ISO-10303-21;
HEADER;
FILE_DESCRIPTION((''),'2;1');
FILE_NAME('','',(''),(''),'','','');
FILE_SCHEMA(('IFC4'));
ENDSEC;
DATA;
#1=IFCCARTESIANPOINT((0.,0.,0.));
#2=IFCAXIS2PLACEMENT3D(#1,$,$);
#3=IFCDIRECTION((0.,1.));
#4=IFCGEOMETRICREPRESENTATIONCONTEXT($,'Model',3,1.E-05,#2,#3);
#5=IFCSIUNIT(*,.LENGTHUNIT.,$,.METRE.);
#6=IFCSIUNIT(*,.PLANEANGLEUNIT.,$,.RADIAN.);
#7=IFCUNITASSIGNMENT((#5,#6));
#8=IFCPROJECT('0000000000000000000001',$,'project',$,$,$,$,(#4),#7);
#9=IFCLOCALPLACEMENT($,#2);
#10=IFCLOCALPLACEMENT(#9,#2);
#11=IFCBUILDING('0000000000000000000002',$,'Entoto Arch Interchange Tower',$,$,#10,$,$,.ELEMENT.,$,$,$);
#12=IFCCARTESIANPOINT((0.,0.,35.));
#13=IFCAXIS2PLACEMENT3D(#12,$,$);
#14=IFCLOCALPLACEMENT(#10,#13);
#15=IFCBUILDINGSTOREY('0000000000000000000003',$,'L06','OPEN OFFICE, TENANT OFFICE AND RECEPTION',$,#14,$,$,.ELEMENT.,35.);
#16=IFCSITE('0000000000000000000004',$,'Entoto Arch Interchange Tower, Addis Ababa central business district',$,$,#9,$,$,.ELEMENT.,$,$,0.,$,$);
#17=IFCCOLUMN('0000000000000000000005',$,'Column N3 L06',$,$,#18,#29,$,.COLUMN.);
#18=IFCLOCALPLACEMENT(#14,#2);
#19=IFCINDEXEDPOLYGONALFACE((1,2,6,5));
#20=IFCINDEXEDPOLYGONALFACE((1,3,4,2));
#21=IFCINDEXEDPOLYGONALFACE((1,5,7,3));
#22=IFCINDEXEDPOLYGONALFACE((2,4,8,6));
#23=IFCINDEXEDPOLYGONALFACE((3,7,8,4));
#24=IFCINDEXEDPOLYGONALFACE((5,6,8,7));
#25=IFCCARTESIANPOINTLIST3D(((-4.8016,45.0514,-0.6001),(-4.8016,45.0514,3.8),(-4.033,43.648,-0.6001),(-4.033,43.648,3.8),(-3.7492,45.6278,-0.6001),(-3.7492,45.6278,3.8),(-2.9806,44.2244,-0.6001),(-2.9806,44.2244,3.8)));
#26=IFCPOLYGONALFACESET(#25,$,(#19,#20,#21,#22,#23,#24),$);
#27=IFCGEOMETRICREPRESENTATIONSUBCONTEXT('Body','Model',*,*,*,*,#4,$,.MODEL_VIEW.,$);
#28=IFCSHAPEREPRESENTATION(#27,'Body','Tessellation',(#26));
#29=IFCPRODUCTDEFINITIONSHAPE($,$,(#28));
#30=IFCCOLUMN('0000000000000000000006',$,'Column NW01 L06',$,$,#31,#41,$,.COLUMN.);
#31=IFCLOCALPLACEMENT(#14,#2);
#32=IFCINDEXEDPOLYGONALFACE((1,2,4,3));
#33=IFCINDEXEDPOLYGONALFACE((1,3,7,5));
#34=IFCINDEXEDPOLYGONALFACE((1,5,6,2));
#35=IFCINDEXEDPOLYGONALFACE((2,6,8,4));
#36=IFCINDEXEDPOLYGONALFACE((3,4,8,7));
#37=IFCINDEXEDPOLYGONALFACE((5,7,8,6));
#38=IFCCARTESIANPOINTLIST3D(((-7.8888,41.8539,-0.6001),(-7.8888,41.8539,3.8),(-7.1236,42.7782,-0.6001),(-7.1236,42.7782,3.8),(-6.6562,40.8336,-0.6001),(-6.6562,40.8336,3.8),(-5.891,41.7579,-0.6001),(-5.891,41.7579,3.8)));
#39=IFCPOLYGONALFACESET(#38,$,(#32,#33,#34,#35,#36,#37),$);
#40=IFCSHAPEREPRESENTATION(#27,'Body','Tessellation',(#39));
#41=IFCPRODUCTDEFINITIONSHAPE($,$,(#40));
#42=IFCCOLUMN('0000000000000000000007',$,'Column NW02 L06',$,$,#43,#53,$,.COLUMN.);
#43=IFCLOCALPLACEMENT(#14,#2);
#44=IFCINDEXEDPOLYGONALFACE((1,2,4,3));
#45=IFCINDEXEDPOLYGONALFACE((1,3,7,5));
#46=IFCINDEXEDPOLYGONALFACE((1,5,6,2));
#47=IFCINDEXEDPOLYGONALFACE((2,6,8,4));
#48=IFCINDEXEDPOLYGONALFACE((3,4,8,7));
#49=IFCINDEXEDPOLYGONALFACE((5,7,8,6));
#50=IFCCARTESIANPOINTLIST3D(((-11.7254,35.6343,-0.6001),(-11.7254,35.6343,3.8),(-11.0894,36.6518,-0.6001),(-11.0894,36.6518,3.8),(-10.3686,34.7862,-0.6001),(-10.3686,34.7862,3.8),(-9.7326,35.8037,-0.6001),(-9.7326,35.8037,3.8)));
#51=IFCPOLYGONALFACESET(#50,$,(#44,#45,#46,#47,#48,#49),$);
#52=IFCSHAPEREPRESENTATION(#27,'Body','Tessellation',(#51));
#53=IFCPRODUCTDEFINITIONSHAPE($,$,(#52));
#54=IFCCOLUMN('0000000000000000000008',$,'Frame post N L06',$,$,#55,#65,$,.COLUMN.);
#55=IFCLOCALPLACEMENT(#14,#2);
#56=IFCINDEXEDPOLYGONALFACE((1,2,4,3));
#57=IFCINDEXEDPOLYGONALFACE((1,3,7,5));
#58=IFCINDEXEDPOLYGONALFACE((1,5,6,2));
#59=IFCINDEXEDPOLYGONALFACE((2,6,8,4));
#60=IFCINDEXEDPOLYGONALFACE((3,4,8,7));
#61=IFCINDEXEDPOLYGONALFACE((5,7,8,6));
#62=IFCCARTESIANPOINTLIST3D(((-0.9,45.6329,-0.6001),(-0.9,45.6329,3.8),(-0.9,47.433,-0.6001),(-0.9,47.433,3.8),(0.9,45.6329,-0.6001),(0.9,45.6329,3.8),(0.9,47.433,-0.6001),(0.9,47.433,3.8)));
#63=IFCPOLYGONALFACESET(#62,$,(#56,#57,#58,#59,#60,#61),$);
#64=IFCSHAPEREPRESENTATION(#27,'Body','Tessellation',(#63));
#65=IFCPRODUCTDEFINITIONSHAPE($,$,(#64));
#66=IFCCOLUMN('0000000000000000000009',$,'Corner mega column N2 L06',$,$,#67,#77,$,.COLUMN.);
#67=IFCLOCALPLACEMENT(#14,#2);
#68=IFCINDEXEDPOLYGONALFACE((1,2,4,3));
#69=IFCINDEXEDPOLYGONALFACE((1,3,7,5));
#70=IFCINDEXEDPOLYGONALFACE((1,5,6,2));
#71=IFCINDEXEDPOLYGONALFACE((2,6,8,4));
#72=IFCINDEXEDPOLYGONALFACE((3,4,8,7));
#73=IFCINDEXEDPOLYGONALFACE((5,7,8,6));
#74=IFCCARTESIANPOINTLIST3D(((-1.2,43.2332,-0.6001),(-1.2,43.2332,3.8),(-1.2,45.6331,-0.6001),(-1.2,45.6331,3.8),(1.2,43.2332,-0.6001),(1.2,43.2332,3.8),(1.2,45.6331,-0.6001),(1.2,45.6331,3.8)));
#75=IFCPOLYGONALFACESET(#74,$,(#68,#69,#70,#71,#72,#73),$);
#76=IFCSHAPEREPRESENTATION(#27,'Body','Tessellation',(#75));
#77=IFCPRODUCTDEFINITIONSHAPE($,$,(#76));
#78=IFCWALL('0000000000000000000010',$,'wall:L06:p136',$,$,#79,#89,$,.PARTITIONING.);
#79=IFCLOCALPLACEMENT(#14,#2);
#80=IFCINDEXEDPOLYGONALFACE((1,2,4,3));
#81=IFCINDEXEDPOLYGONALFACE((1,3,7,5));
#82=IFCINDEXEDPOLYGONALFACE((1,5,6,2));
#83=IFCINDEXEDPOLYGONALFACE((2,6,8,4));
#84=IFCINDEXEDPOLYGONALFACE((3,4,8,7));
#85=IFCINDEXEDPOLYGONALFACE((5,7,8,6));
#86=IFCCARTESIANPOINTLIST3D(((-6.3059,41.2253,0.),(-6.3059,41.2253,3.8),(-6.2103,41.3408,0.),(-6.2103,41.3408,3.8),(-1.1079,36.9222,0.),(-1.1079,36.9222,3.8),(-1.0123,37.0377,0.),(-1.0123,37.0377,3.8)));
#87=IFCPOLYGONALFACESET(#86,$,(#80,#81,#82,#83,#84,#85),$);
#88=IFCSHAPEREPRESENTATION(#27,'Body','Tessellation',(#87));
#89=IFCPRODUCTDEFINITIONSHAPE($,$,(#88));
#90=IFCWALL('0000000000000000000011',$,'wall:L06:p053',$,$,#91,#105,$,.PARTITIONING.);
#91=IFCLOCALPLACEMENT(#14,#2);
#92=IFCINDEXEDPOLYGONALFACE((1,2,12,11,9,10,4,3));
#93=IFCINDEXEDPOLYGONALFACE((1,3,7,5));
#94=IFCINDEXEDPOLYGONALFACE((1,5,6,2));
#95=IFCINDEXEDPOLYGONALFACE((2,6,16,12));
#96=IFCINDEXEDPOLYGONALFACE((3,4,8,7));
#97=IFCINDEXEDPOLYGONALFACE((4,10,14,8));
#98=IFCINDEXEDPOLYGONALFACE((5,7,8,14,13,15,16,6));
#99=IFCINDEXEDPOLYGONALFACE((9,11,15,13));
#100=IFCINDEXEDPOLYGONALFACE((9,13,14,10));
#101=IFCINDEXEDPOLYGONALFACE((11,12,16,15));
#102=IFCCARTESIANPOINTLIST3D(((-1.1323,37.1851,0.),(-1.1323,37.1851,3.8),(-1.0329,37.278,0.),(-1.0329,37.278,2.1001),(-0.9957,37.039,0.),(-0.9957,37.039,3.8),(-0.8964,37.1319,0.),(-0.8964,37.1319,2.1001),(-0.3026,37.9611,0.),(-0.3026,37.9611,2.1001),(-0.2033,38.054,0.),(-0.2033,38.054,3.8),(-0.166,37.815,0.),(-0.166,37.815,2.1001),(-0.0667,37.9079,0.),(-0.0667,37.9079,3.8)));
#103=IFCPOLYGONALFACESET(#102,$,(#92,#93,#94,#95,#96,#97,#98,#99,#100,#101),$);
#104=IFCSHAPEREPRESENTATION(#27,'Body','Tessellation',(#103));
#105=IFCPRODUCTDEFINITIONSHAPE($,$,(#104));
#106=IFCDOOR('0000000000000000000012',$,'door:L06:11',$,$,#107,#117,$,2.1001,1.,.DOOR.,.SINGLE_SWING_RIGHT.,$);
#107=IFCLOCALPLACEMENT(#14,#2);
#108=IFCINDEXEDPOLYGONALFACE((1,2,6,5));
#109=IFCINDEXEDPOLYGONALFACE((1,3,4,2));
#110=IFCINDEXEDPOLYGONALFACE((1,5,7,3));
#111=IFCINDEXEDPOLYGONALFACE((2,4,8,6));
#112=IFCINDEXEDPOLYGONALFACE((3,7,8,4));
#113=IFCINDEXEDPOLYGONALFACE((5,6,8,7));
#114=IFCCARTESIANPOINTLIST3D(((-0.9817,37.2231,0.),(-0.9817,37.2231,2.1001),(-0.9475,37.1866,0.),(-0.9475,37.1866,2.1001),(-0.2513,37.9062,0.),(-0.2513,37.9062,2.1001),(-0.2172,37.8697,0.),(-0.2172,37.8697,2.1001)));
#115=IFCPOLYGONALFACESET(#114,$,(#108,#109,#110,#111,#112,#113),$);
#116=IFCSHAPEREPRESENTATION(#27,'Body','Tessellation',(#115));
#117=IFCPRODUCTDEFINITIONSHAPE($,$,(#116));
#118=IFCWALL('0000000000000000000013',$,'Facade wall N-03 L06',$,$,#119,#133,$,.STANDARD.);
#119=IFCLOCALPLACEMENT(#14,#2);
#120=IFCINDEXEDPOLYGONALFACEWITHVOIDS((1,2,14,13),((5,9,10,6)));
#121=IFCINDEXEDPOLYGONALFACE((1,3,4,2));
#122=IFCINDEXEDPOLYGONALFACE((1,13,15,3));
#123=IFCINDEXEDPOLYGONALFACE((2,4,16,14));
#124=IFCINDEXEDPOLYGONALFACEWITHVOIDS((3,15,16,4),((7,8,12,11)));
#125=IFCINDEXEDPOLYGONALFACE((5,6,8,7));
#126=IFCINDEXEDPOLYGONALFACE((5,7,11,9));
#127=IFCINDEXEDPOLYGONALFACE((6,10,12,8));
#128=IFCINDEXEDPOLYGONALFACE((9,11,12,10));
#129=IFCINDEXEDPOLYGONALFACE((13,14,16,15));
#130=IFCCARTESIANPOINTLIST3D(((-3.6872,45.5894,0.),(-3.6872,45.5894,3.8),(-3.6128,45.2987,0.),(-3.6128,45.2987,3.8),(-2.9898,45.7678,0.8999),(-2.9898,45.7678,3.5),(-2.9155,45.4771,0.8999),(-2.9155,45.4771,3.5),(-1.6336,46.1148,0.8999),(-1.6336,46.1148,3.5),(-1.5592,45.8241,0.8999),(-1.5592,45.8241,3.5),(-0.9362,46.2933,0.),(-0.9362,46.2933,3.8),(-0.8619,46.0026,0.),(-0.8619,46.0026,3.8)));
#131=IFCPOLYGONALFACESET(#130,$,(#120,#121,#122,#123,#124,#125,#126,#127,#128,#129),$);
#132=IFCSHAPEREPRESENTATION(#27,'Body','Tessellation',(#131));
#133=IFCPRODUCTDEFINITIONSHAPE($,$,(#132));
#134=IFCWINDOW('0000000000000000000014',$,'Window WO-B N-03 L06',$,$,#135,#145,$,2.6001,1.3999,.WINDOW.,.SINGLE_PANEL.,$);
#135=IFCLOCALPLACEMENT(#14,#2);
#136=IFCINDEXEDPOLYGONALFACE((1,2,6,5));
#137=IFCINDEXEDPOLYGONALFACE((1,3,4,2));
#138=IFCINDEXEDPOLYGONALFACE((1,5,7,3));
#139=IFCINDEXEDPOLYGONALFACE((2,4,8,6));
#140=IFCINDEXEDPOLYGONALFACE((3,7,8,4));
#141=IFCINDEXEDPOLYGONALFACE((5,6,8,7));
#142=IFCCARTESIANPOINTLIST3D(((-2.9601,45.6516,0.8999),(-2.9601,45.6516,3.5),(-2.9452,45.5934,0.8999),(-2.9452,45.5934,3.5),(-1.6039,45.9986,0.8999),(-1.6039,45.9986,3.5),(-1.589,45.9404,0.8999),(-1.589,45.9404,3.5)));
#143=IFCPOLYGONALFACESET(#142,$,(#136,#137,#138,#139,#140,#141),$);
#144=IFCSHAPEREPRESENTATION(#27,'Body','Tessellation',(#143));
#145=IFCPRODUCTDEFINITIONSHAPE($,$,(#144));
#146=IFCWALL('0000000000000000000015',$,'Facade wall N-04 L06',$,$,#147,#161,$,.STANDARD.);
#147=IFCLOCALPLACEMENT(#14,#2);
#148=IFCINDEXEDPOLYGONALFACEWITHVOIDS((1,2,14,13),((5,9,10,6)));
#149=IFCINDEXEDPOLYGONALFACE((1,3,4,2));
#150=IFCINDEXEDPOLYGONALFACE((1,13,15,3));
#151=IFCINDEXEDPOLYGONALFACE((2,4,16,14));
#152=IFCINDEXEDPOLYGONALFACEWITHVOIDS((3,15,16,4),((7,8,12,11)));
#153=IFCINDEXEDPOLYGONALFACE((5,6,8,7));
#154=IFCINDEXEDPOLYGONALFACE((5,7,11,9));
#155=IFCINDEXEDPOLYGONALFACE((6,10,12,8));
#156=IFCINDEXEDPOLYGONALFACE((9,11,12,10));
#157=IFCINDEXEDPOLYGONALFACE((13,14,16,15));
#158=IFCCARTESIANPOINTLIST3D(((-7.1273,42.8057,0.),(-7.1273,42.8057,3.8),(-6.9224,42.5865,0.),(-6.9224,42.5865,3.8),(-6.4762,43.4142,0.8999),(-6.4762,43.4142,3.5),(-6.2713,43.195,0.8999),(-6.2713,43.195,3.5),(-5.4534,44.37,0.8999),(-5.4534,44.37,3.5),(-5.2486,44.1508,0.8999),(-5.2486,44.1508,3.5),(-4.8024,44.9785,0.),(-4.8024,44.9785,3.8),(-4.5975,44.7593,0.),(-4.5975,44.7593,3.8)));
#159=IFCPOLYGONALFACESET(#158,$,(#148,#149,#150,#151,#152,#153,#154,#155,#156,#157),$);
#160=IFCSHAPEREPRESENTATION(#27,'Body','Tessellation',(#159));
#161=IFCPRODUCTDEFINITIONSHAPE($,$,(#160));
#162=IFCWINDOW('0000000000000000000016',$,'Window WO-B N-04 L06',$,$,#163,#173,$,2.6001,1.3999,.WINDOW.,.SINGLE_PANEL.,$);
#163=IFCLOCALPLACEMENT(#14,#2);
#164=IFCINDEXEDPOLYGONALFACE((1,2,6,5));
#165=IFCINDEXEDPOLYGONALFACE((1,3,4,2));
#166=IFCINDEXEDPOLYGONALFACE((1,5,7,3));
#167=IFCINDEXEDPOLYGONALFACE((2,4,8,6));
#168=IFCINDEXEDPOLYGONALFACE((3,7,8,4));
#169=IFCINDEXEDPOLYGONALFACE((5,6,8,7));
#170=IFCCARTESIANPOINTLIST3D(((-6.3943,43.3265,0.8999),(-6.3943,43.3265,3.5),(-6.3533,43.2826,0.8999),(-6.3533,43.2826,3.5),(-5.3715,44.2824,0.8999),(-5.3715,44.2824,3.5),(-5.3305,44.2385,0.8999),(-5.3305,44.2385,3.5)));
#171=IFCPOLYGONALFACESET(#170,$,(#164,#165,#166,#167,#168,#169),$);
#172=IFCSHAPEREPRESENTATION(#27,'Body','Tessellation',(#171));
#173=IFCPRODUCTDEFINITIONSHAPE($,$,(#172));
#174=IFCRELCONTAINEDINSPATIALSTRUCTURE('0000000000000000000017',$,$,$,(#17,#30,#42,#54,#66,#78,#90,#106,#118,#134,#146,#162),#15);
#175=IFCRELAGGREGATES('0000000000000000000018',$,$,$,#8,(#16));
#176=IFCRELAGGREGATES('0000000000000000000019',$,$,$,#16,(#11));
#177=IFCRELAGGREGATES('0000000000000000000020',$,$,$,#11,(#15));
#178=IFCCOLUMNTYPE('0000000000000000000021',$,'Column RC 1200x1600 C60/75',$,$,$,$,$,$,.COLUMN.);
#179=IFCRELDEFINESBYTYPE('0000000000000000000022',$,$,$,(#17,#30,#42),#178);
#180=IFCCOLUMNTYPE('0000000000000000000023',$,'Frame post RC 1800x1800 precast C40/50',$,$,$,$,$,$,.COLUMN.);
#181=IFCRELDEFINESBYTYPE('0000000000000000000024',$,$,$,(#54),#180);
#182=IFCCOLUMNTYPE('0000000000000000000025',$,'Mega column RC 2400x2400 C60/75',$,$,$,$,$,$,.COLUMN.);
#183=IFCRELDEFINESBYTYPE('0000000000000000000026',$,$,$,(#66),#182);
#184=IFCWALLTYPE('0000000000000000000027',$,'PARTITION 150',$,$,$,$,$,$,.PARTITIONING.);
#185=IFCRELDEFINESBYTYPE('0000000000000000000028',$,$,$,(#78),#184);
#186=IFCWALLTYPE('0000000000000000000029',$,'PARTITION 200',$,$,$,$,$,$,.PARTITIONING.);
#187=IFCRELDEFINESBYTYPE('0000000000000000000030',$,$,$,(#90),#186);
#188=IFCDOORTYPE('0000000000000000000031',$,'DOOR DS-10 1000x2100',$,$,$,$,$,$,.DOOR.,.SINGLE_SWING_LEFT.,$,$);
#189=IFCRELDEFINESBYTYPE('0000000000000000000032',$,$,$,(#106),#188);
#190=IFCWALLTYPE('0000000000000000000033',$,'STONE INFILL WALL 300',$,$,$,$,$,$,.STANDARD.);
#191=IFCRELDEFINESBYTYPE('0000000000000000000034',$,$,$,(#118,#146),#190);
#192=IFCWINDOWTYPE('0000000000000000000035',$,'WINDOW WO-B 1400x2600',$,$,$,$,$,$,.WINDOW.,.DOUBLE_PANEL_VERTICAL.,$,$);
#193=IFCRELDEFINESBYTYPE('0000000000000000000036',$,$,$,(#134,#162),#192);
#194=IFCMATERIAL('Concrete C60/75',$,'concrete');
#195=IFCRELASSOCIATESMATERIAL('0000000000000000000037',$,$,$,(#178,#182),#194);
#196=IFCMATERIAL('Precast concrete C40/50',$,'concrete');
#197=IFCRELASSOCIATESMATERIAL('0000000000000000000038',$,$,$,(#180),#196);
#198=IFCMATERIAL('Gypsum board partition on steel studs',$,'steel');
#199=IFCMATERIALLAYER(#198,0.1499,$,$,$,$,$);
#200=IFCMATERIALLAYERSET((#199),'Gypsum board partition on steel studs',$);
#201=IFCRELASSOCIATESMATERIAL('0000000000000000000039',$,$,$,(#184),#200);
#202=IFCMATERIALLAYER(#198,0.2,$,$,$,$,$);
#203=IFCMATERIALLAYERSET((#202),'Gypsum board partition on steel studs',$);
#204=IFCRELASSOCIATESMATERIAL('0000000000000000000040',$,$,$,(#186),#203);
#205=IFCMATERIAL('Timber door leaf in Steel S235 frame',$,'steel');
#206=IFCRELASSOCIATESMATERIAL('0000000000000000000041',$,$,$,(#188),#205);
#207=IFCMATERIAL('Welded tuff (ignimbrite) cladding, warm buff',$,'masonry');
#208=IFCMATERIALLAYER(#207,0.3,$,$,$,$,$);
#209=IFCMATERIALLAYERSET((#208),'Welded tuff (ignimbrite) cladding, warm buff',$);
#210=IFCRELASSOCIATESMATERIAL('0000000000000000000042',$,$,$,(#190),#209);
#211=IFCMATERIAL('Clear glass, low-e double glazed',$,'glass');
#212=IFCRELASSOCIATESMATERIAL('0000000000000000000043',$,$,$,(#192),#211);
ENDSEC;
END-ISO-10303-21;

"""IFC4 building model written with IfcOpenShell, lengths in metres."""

from ifc_helpers import new_model, si_unit, direction, frame, frame_2d, origin, origin_2d, place, context, subcontext, project, spatial, rectangle, extrude, material, layer, layer_set, material_profile, profile_set, type_object, element, fill, save


model = new_model("IFC4")

# Units and contexts
model_context = context("Model", 3, precision=1e-05, world=origin(), true_north=direction((0.0, 1.0)))
body_context = subcontext(model_context, "Body", "Model", "MODEL_VIEW")
ifc_project = project(units=[si_unit("LENGTHUNIT", "METRE"), si_unit("PLANEANGLEUNIT", "RADIAN")], contexts=[model_context])

# Site, building, storey
site_placement = place(None, origin())
site = spatial("IfcSite", under=ifc_project, at=site_placement, Name="Entoto Arch Interchange Tower, Addis Ababa central business district", CompositionType="ELEMENT", RefElevation=0.0)
building_placement = place(site_placement, origin())
building = spatial("IfcBuilding", under=site, at=building_placement, Name="Entoto Arch Interchange Tower", CompositionType="ELEMENT")
storey_placement = place(building_placement, frame((0.0, 0.0, 35.0)))
storey = spatial("IfcBuildingStorey", under=building, at=storey_placement, Name="L06", Description="OPEN OFFICE, TENANT OFFICE AND RECEPTION", CompositionType="ELEMENT", Elevation=35.0)

# Columns
ifc_material_1 = material(Name="Concrete C60/75", Category="concrete")
ifc_material_profile_1 = material_profile(ifc_material_1, rectangle(XDim=1.2, YDim=1.6001, at=origin_2d()))
ifc_profile_set_1 = profile_set([ifc_material_profile_1], Name="Concrete C60/75")
column_type_1 = type_object("IfcColumnType", Name="Column RC 1200x1600 C60/75", PredefinedType="COLUMN", material=ifc_profile_set_1)
for number, where, z_axis, x_axis, name in (
    (1, (-3.8911, 44.6379, -0.6001), (0.0, 0.0, 1.0), (0.877079, 0.480346, 0.0), "Column N3 L06"),
    (2, (-6.8899, 41.8059, -0.6001), (0.0, 0.0, 1.0), (0.637666, 0.770313, 0.0), "Column NW01 L06"),
    (3, (-10.729, 35.719, -0.6001), (0.0, 0.0, 1.0), (0.530067, 0.847956, 0.0), "Column NW02 L06"),
):
    element("IfcColumn", number, at=place(storey_placement, frame(where, z_axis=z_axis, x_axis=x_axis)), inside=storey, type_object=column_type_1, Name=name, PredefinedType="COLUMN", context=body_context, shape_type="SweptSolid", body=[
        extrude(rectangle(XDim=1.2, YDim=1.6001, at=origin_2d()), origin(), (0.0, 0.0, 1.0), 4.4001),
    ])
ifc_material_2 = material(Name="Precast concrete C40/50", Category="concrete")
ifc_material_profile_2 = material_profile(ifc_material_2, rectangle(XDim=1.8, YDim=1.8, at=origin_2d()))
ifc_profile_set_2 = profile_set([ifc_material_profile_2], Name="Precast concrete C40/50")
column_type_2 = type_object("IfcColumnType", Name="Frame post RC 1800x1800 precast C40/50", PredefinedType="COLUMN", material=ifc_profile_set_2)
column_1_placement = place(storey_placement, frame((0.0, 46.533, -0.6001), z_axis=(0.0, 0.0, 1.0), x_axis=(0.0, 1.0, 0.0)))
element("IfcColumn", 4, at=column_1_placement, inside=storey, type_object=column_type_2, Name="Frame post N L06", PredefinedType="COLUMN", context=body_context, shape_type="SweptSolid", body=[
    extrude(rectangle(XDim=1.8, YDim=1.8, at=origin_2d()), origin(), (0.0, 0.0, 1.0), 4.4001),
])
ifc_material_profile_3 = material_profile(ifc_material_1, rectangle(XDim=2.3999, YDim=2.3999, at=origin_2d()))
ifc_profile_set_3 = profile_set([ifc_material_profile_3], Name="Concrete C60/75")
column_type_3 = type_object("IfcColumnType", Name="Mega column RC 2400x2400 C60/75", PredefinedType="COLUMN", material=ifc_profile_set_3)
column_2_placement = place(storey_placement, frame((0.0, 44.4331, -0.6001), z_axis=(0.0, 0.0, 1.0), x_axis=(0.0, 1.0, 0.0)))
element("IfcColumn", 5, at=column_2_placement, inside=storey, type_object=column_type_3, Name="Corner mega column N2 L06", PredefinedType="COLUMN", context=body_context, shape_type="SweptSolid", body=[
    extrude(rectangle(XDim=2.3999, YDim=2.3999, at=origin_2d()), origin(), (0.0, 0.0, 1.0), 4.4001),
])

# Wall
ifc_material_3 = material(Name="Gypsum board partition on steel studs", Category="steel")
ifc_layer_1 = layer(ifc_material_3, 0.1499)
ifc_layer_set_1 = layer_set([ifc_layer_1], Name="Gypsum board partition on steel studs")
wall_type_1 = type_object("IfcWallType", Name="PARTITION 150", PredefinedType="PARTITIONING", material=ifc_layer_set_1)
wall_1_placement = place(storey_placement, frame((-1.0601, 36.98, 0.0), z_axis=(0.0, 0.0, 1.0), x_axis=(-0.770308, 0.637672, 0.0)))
element("IfcWall", 6, at=wall_1_placement, inside=storey, type_object=wall_type_1, Name="wall:L06:p136", PredefinedType="PARTITIONING", context=body_context, shape_type="SweptSolid", body=[
    extrude(rectangle(XDim=6.748, YDim=0.1499, at=frame_2d((3.374, 0.0))), origin(), (0.0, 0.0, 1.0), 3.8),
])

# Wall, opening, door
ifc_layer_2 = layer(ifc_material_3, 0.2)
ifc_layer_set_2 = layer_set([ifc_layer_2], Name="Gypsum board partition on steel studs")
wall_type_2 = type_object("IfcWallType", Name="PARTITION 200", PredefinedType="PARTITIONING", material=ifc_layer_set_2)
wall_2_placement = place(storey_placement, frame((-1.064, 37.1121, 0.0), z_axis=(0.0, 0.0, 1.0), x_axis=(0.730321, 0.683104, 0.0)))
wall_2 = element("IfcWall", 7, at=wall_2_placement, inside=storey, type_object=wall_type_2, Name="wall:L06:p053", PredefinedType="PARTITIONING", context=body_context, shape_type="SweptSolid", body=[
    extrude(rectangle(XDim=1.272, YDim=0.2, at=frame_2d((0.636, 0.0))), origin(), (0.0, 0.0, 1.0), 3.8),
])
opening_1_placement = place(wall_2_placement, frame((0.136, 0.0, 0.0)))
opening_1 = element("IfcOpeningElement", 8, at=opening_1_placement, cuts=wall_2, PredefinedType="OPENING", context=body_context, shape_type="SweptSolid", body=[
    extrude(rectangle(XDim=1.0, YDim=2.1001, at=frame_2d((0.5, 1.05))), frame((0.0, 0.1099, 0.0), z_axis=(0.0, -1.0, 0.0), x_axis=(1.0, 0.0, 0.0)), (0.0, 0.0, 1.0), 0.22),
])
ifc_material_4 = material(Name="Timber door leaf in Steel S235 frame", Category="steel")
door_type = type_object("IfcDoorType", Name="DOOR DS-10 1000x2100", OperationType="SINGLE_SWING_LEFT", PredefinedType="DOOR", material=ifc_material_4)
door_placement = place(opening_1_placement, origin())
door = element("IfcDoor", 9, at=door_placement, inside=storey, type_object=door_type, Name="door:L06:11", OperationType="SINGLE_SWING_RIGHT", OverallHeight=2.1001, OverallWidth=1.0, PredefinedType="DOOR", context=body_context, shape_type="SweptSolid", body=[
    extrude(rectangle(XDim=1.0, YDim=2.1001, at=frame_2d((0.5, 1.05))), frame((0.0, 0.0249, 0.0), z_axis=(0.0, -1.0, 0.0), x_axis=(1.0, 0.0, 0.0)), (0.0, 0.0, 1.0), 0.05),
])
fill(opening_1, door)

# Walls, openings, windows
ifc_material_5 = material(Name="Welded tuff (ignimbrite) cladding, warm buff", Category="masonry")
ifc_layer_3 = layer(ifc_material_5, 0.3)
ifc_layer_set_3 = layer_set([ifc_layer_3], Name="Welded tuff (ignimbrite) cladding, warm buff")
wall_type_3 = type_object("IfcWallType", Name="STONE INFILL WALL 300", PredefinedType="STANDARD", material=ifc_layer_set_3)
wall_3_placement = place(storey_placement, frame((-0.8989, 46.1479, 0.0), z_axis=(0.0, 0.0, 1.0), x_axis=(-0.968793, -0.247873, 0.0)))
wall_3 = element("IfcWall", 10, at=wall_3_placement, inside=storey, type_object=wall_type_3, Name="Facade wall N-03 L06", PredefinedType="STANDARD", context=body_context, shape_type="SweptSolid", body=[
    extrude(rectangle(XDim=2.8396, YDim=0.3, at=frame_2d((1.4199, 0.0))), origin(), (0.0, 0.0, 1.0), 3.8),
])
opening_2_placement = place(wall_3_placement, frame((0.72, 0.0, 0.8999)))
opening_2 = element("IfcOpeningElement", 11, at=opening_2_placement, cuts=wall_3, PredefinedType="OPENING", context=body_context, shape_type="SweptSolid", body=[
    extrude(rectangle(XDim=1.3999, YDim=2.6001, at=frame_2d((0.7, 1.3))), frame((0.0, 0.1602, 0.0), z_axis=(0.0, -1.0, 0.0), x_axis=(1.0, 0.0, 0.0)), (0.0, 0.0, 1.0), 0.3201),
])
ifc_material_6 = material(Name="Clear glass, low-e double glazed", Category="glass")
window_type_1 = type_object("IfcWindowType", Name="WINDOW WO-B 1400x2600", PartitioningType="DOUBLE_PANEL_VERTICAL", PredefinedType="WINDOW", material=ifc_material_6)
window_1_placement = place(opening_2_placement, origin())
window_1 = element("IfcWindow", 12, at=window_1_placement, inside=storey, type_object=window_type_1, Name="Window WO-B N-03 L06", OverallHeight=2.6001, OverallWidth=1.3999, PartitioningType="SINGLE_PANEL", PredefinedType="WINDOW", context=body_context, shape_type="SweptSolid", body=[
    extrude(rectangle(XDim=1.3999, YDim=2.6001, at=frame_2d((0.7, 1.3))), frame((0.0, 0.03, 0.0), z_axis=(0.0, -1.0, 0.0), x_axis=(1.0, 0.0, 0.0)), (0.0, 0.0, 1.0), 0.0601),
])
fill(opening_2, window_1)
wall_4_placement = place(storey_placement, frame((-4.7, 44.8689, 0.0), z_axis=(0.0, 0.0, 1.0), x_axis=(-0.730601, -0.682805, 0.0)))
wall_4 = element("IfcWall", 13, at=wall_4_placement, inside=storey, type_object=wall_type_3, Name="Facade wall N-04 L06", PredefinedType="STANDARD", context=body_context, shape_type="SweptSolid", body=[
    extrude(rectangle(XDim=3.1821, YDim=0.3, at=frame_2d((1.5911, 0.0))), origin(), (0.0, 0.0, 1.0), 3.8),
])
opening_3_placement = place(wall_4_placement, frame((0.8911, 0.0, 0.8999)))
opening_3 = element("IfcOpeningElement", 14, at=opening_3_placement, cuts=wall_4, PredefinedType="OPENING", context=body_context, shape_type="SweptSolid", body=[
    extrude(rectangle(XDim=1.3999, YDim=2.6001, at=frame_2d((0.7, 1.3))), frame((0.0, 0.1602, 0.0), z_axis=(0.0, -1.0, 0.0), x_axis=(1.0, 0.0, 0.0)), (0.0, 0.0, 1.0), 0.3201),
])
window_2_placement = place(opening_3_placement, origin())
window_2 = element("IfcWindow", 15, at=window_2_placement, inside=storey, type_object=window_type_1, Name="Window WO-B N-04 L06", OverallHeight=2.6001, OverallWidth=1.3999, PartitioningType="SINGLE_PANEL", PredefinedType="WINDOW", context=body_context, shape_type="SweptSolid", body=[
    extrude(rectangle(XDim=1.3999, YDim=2.6001, at=frame_2d((0.7, 1.3))), frame((0.0, 0.03, 0.0), z_axis=(0.0, -1.0, 0.0), x_axis=(1.0, 0.0, 0.0)), (0.0, 0.0, 1.0), 0.0601),
])
fill(opening_3, window_2)

save(model, "model.ifc")
